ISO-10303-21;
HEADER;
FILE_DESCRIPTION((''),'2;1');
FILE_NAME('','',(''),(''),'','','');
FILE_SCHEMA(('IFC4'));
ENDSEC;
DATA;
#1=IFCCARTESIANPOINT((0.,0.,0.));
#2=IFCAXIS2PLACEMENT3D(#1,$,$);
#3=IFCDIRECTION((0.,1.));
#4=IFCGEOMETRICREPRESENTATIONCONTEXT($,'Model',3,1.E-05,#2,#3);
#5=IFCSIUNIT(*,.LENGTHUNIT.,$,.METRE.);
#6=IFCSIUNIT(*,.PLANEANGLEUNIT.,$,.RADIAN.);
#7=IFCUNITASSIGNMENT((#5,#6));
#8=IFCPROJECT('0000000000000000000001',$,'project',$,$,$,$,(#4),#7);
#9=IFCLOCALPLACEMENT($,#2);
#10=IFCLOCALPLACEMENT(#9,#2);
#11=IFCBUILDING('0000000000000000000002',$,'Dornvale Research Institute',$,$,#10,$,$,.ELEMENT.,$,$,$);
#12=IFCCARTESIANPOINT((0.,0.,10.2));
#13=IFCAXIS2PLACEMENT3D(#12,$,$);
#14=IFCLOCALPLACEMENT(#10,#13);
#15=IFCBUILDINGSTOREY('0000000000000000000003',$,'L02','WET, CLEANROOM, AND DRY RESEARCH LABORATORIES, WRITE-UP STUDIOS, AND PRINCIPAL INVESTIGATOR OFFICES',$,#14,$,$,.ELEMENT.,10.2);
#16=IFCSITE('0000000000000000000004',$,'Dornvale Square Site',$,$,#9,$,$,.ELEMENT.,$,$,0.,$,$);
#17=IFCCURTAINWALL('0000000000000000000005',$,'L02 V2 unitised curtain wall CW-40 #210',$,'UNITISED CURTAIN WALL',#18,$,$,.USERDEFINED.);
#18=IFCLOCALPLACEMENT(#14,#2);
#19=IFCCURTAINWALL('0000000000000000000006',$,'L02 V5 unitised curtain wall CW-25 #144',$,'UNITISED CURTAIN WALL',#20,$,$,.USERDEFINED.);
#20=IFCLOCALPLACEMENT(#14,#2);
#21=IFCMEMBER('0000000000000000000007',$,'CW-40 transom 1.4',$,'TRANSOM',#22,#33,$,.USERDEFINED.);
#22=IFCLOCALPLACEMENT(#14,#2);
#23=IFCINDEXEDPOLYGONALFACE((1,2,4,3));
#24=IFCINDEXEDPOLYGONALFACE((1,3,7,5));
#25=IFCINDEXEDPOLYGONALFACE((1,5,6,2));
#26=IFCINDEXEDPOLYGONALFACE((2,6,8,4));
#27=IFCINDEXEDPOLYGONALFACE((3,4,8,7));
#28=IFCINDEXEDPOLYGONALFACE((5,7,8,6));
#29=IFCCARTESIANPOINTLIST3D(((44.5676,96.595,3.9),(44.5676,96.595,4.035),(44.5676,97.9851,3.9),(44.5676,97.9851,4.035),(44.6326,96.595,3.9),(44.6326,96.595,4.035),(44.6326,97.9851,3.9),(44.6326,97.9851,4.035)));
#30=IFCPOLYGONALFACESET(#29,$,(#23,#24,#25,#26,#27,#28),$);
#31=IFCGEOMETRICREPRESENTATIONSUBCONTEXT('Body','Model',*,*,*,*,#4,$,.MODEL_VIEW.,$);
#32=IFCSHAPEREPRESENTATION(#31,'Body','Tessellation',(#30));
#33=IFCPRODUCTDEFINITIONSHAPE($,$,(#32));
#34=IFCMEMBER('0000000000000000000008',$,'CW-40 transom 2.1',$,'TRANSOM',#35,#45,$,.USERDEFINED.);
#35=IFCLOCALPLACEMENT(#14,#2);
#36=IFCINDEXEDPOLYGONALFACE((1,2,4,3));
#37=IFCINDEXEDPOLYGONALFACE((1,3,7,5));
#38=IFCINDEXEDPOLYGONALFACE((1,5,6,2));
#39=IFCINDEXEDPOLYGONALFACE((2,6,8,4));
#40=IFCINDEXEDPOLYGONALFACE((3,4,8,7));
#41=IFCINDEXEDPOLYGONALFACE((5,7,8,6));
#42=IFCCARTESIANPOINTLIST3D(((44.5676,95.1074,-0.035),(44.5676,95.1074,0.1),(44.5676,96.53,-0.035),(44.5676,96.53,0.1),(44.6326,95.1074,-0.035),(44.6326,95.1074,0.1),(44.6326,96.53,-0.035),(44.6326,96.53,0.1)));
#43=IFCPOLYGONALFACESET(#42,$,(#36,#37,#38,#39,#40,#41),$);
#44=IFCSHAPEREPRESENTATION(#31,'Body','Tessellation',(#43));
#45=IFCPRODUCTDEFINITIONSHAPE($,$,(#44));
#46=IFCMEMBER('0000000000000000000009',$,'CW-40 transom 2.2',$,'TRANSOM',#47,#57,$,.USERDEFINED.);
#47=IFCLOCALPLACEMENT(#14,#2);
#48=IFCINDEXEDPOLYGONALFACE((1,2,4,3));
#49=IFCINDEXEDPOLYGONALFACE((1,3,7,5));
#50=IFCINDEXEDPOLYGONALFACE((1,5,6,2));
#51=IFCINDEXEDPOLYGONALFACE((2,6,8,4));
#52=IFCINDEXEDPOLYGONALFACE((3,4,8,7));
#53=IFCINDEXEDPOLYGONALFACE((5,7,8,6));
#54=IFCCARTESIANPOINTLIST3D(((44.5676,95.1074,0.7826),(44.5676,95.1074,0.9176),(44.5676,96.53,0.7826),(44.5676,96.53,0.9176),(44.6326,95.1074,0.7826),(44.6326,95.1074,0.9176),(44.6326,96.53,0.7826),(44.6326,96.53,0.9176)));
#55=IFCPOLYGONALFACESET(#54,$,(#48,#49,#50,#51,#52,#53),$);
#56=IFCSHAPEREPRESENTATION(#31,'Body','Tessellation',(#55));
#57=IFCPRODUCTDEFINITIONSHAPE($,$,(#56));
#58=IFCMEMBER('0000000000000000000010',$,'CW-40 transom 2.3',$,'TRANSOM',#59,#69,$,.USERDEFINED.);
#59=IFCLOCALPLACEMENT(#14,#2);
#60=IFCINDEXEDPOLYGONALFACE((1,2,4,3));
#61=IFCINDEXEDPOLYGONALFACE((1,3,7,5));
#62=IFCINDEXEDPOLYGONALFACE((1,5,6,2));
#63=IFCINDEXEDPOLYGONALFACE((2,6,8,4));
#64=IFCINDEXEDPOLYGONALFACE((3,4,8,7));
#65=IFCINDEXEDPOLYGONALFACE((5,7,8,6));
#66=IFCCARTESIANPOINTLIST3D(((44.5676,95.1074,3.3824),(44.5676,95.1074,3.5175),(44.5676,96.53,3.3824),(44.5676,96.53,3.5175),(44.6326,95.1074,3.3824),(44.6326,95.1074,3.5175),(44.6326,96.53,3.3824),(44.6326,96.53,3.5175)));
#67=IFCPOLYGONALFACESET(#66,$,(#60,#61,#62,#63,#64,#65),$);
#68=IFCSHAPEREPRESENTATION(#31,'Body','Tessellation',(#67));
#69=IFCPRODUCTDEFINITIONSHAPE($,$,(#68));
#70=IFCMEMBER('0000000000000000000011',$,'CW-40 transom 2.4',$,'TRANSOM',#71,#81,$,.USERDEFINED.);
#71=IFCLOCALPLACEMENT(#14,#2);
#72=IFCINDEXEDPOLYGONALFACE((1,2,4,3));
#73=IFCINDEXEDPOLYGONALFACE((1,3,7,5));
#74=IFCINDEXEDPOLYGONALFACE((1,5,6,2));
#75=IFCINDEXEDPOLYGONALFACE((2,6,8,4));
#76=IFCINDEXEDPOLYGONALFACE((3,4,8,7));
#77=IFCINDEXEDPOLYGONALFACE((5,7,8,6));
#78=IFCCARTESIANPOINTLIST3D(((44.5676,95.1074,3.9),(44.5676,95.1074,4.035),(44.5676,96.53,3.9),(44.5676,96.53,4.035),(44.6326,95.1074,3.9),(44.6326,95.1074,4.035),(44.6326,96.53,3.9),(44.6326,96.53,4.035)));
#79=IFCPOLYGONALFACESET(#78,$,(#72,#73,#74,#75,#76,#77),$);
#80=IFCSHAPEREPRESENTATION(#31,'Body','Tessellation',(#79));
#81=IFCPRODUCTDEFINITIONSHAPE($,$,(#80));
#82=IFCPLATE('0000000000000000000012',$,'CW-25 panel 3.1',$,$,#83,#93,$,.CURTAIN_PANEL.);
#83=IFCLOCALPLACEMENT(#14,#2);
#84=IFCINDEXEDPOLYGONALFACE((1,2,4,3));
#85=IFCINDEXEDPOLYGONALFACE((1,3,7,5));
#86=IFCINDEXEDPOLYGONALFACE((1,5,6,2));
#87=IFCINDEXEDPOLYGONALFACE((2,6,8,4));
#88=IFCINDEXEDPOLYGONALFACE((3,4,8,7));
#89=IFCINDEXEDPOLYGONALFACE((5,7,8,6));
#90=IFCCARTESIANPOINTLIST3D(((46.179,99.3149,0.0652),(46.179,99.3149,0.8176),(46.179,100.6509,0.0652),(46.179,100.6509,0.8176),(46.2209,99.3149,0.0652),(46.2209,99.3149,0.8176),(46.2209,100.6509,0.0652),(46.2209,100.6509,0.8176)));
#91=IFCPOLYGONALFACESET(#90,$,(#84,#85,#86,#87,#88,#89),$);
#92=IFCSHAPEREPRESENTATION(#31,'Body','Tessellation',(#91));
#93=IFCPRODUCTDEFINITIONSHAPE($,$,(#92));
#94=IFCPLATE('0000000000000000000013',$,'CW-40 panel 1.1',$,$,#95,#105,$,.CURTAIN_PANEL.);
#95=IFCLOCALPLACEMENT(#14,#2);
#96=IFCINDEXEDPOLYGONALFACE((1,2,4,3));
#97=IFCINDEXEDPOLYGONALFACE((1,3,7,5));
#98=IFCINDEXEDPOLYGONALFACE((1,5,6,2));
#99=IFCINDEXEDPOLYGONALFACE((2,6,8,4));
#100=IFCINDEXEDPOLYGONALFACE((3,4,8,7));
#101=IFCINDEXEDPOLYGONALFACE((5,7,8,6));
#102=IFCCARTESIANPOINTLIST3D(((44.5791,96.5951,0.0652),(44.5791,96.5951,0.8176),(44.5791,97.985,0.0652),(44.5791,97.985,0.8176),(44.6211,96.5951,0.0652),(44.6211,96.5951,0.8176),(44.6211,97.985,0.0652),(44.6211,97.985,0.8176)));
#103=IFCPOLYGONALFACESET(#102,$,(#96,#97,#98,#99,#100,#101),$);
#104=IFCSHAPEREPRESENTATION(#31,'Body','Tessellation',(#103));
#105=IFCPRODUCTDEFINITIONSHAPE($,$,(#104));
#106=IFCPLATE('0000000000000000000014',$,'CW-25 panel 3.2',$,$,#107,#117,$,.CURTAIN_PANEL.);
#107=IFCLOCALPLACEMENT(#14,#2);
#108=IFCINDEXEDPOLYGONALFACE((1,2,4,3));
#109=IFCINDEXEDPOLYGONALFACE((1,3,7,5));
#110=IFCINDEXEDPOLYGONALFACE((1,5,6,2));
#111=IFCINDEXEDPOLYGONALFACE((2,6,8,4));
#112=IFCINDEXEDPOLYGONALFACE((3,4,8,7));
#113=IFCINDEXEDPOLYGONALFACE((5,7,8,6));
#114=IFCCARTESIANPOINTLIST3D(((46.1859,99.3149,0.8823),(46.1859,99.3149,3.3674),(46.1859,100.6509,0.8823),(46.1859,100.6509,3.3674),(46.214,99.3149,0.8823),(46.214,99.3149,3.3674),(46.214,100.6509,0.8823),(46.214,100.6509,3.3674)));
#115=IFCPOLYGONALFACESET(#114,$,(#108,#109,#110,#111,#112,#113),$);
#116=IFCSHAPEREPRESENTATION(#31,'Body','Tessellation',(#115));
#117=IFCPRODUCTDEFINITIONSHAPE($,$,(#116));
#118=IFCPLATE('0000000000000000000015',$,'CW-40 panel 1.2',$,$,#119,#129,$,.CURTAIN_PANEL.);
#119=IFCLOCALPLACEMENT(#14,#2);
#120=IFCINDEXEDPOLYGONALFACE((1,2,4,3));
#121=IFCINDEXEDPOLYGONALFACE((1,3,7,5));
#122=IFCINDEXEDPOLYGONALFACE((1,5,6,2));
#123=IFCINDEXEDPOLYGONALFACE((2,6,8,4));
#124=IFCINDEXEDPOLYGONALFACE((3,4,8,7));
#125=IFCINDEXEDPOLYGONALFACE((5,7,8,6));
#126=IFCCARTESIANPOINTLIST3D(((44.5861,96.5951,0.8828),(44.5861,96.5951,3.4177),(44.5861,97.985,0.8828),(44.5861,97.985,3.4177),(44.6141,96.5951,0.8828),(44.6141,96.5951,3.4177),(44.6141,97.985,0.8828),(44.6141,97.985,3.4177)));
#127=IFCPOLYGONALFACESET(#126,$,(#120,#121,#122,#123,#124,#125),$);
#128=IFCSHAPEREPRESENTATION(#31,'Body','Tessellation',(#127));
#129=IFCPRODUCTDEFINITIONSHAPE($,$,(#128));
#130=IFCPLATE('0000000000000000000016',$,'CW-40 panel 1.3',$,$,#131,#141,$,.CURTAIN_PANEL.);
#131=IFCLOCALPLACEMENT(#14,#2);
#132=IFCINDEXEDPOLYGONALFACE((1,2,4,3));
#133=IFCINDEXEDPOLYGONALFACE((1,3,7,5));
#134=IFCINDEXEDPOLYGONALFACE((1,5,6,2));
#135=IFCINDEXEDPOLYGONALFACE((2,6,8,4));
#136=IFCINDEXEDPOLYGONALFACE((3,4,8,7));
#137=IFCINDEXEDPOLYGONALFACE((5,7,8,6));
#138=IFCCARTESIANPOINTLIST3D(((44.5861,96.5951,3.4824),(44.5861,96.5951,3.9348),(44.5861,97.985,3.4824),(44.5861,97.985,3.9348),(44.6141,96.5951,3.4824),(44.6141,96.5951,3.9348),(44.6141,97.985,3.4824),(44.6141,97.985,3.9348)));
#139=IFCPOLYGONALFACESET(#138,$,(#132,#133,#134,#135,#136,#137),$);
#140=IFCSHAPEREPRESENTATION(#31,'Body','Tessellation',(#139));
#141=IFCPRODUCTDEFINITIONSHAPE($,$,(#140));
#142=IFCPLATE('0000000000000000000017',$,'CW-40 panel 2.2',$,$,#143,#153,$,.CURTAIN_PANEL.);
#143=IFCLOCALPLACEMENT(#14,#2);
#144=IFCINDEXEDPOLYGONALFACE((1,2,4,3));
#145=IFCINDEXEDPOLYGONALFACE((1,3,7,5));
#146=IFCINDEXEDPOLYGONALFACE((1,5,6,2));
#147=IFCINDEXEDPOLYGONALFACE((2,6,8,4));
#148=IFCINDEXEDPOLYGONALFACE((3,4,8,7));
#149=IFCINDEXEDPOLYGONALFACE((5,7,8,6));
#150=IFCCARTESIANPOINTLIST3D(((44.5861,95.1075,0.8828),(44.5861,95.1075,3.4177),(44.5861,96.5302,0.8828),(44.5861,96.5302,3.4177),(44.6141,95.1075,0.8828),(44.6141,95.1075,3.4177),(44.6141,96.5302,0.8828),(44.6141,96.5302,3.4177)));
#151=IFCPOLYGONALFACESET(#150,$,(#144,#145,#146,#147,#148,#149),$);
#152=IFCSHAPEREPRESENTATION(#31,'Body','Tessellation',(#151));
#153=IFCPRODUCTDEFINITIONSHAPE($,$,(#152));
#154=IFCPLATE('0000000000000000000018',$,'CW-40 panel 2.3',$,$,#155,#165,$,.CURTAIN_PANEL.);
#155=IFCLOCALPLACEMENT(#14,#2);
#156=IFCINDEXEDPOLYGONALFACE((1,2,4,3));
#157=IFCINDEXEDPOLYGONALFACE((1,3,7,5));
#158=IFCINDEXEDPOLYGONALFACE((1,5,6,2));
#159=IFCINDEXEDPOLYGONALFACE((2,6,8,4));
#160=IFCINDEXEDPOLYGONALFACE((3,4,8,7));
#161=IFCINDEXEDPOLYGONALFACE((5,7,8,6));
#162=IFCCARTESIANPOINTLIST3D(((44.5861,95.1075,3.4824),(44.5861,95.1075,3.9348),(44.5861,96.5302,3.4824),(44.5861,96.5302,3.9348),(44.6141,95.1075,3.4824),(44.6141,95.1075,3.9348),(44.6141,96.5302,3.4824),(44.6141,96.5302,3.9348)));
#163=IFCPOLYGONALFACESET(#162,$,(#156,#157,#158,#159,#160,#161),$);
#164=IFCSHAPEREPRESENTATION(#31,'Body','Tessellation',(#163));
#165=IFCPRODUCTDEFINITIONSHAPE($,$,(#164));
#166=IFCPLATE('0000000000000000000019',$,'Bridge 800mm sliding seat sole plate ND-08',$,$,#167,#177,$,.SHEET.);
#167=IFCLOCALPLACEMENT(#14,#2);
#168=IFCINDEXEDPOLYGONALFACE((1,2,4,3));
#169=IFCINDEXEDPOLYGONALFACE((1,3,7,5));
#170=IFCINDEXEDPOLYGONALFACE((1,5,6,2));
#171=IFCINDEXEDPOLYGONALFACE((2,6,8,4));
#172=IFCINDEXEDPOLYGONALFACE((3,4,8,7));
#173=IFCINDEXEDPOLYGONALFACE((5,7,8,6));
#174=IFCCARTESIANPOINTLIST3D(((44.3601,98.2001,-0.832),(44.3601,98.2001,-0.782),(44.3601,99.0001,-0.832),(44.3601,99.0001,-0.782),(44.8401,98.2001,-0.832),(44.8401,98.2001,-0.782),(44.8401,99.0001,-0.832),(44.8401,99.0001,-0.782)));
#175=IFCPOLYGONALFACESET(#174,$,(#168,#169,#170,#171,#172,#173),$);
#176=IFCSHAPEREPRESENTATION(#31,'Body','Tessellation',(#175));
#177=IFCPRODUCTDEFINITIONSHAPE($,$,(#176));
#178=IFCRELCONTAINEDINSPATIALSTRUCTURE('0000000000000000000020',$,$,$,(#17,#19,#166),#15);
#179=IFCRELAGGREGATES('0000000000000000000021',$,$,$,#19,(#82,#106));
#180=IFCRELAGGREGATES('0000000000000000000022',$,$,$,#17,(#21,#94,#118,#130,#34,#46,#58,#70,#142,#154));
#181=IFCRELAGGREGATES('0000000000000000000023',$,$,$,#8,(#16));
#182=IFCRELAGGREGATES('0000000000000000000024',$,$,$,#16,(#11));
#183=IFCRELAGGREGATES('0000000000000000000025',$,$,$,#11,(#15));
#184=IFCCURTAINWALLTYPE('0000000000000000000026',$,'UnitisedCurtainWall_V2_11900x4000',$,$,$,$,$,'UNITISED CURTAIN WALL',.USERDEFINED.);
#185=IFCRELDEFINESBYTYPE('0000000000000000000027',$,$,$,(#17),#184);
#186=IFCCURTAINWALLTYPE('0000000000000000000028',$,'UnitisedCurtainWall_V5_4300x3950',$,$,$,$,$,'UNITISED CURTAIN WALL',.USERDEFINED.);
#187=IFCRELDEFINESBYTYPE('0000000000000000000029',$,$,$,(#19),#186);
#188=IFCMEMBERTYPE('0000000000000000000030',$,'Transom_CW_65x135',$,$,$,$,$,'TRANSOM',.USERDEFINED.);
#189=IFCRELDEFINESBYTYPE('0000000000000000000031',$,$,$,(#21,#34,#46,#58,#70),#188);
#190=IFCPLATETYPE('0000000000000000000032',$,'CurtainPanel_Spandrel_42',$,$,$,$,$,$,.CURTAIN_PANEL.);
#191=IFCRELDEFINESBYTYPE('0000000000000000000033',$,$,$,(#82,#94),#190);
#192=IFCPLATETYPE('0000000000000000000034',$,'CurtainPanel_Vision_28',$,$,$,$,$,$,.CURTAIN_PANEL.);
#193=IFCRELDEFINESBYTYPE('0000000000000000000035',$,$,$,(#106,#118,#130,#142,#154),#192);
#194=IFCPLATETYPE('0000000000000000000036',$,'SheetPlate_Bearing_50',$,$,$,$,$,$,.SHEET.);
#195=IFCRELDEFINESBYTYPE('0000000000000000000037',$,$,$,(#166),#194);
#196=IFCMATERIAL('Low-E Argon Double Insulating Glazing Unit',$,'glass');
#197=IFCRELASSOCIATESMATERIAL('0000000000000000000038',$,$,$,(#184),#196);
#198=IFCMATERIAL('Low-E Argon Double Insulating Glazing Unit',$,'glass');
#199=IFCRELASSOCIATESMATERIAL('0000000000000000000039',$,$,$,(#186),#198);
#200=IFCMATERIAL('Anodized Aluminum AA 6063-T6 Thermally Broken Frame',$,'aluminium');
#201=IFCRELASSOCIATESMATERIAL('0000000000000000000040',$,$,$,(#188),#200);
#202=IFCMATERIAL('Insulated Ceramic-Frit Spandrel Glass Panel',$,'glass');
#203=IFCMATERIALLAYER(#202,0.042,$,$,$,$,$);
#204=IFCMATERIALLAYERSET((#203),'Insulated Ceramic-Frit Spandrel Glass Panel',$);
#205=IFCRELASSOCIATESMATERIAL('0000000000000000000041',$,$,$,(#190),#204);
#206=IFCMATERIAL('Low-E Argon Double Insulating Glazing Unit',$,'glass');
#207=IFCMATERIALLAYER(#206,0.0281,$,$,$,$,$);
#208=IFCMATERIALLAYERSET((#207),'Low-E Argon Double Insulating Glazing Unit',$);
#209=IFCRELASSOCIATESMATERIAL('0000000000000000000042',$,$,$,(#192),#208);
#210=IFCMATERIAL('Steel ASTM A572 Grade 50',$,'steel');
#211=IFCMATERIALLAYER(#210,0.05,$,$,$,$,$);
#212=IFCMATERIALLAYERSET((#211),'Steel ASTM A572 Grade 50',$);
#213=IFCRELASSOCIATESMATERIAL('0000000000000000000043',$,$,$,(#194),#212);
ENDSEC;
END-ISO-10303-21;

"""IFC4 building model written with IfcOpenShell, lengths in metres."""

from ifc_helpers import new_model, si_unit, direction, frame, origin, origin_2d, place, context, subcontext, project, spatial, rectangle, extrude, material, layer, layer_set, material_profile, profile_set, type_object, element, aggregate, save


model = new_model("IFC4")

# Units and contexts
model_context = context("Model", 3, precision=1e-05, world=origin(), true_north=direction((0.0, 1.0)))
body_context = subcontext(model_context, "Body", "Model", "MODEL_VIEW")
ifc_project = project(units=[si_unit("LENGTHUNIT", "METRE"), si_unit("PLANEANGLEUNIT", "RADIAN")], contexts=[model_context])

# Site, building, storey
site_placement = place(None, origin())
site = spatial("IfcSite", under=ifc_project, at=site_placement, Name="Dornvale Square Site", CompositionType="ELEMENT", RefElevation=0.0)
building_placement = place(site_placement, origin())
building = spatial("IfcBuilding", under=site, at=building_placement, Name="Dornvale Research Institute", CompositionType="ELEMENT")
storey_placement = place(building_placement, frame((0.0, 0.0, 10.2)))
storey = spatial("IfcBuildingStorey", under=building, at=storey_placement, Name="L02", Description="WET, CLEANROOM, AND DRY RESEARCH LABORATORIES, WRITE-UP STUDIOS, AND PRINCIPAL INVESTIGATOR OFFICES", CompositionType="ELEMENT", Elevation=10.2)

# Curtain wall
ifc_material_1 = material(Name="Low-E Argon Double Insulating Glazing Unit", Category="glass")
curtain_wall_type_1 = type_object("IfcCurtainWallType", Name="UnitisedCurtainWall_V2_11900x4000", ElementType="UNITISED CURTAIN WALL", PredefinedType="USERDEFINED", material=ifc_material_1)
curtain_wall_1_placement = place(storey_placement, origin())
curtain_wall_1 = element("IfcCurtainWall", 1, at=curtain_wall_1_placement, inside=storey, type_object=curtain_wall_type_1, Name="L02 V2 unitised curtain wall CW-40 #210", ObjectType="UNITISED CURTAIN WALL", PredefinedType="USERDEFINED")

# Curtain wall
ifc_material_2 = material(Name="Low-E Argon Double Insulating Glazing Unit", Category="glass")
curtain_wall_type_2 = type_object("IfcCurtainWallType", Name="UnitisedCurtainWall_V5_4300x3950", ElementType="UNITISED CURTAIN WALL", PredefinedType="USERDEFINED", material=ifc_material_2)
curtain_wall_2_placement = place(storey_placement, origin())
curtain_wall_2 = element("IfcCurtainWall", 2, at=curtain_wall_2_placement, inside=storey, type_object=curtain_wall_type_2, Name="L02 V5 unitised curtain wall CW-25 #144", ObjectType="UNITISED CURTAIN WALL", PredefinedType="USERDEFINED")

# Members
ifc_material_3 = material(Name="Anodized Aluminum AA 6063-T6 Thermally Broken Frame", Category="aluminium")
ifc_material_profile_1 = material_profile(ifc_material_3, rectangle(XDim=0.0649, YDim=0.135, at=origin_2d()), Name="ALU TRANSOM 65x135")
ifc_profile_set_1 = profile_set([ifc_material_profile_1], Name="Anodized Aluminum AA 6063-T6 Thermally Broken Frame")
member_type_1 = type_object("IfcMemberType", Name="Transom_CW_65x135", ElementType="TRANSOM", PredefinedType="USERDEFINED", material=ifc_profile_set_1)
member_1_placement = place(storey_placement, frame((44.6001, 97.9851, 3.9675), z_axis=(0.0, -1.0, 0.0), x_axis=(1.0, 0.0, 0.0)))
member_1 = element("IfcMember", 3, at=member_1_placement, type_object=member_type_1, Name="CW-40 transom 1.4", ObjectType="TRANSOM", PredefinedType="USERDEFINED", context=body_context, shape_type="SweptSolid", body=[
    extrude(rectangle(XDim=0.0649, YDim=0.135, at=origin_2d()), origin(), (0.0, 0.0, 1.0), 1.3901),
])
member_2_placement = place(storey_placement, frame((44.6001, 96.53, 0.0325), z_axis=(0.0, -1.0, 0.0), x_axis=(1.0, 0.0, 0.0)))
member_2 = element("IfcMember", 4, at=member_2_placement, type_object=member_type_1, Name="CW-40 transom 2.1", ObjectType="TRANSOM", PredefinedType="USERDEFINED", context=body_context, shape_type="SweptSolid", body=[
    extrude(rectangle(XDim=0.0649, YDim=0.135, at=origin_2d()), origin(), (0.0, 0.0, 1.0), 1.4226),
])
member_3_placement = place(storey_placement, frame((44.6001, 96.53, 0.8501), z_axis=(0.0, -1.0, 0.0), x_axis=(1.0, 0.0, 0.0)))
member_3 = element("IfcMember", 5, at=member_3_placement, type_object=member_type_1, Name="CW-40 transom 2.2", ObjectType="TRANSOM", PredefinedType="USERDEFINED", context=body_context, shape_type="SweptSolid", body=[
    extrude(rectangle(XDim=0.0649, YDim=0.135, at=origin_2d()), origin(), (0.0, 0.0, 1.0), 1.4226),
])
member_4_placement = place(storey_placement, frame((44.6001, 96.53, 3.45), z_axis=(0.0, -1.0, 0.0), x_axis=(1.0, 0.0, 0.0)))
member_4 = element("IfcMember", 6, at=member_4_placement, type_object=member_type_1, Name="CW-40 transom 2.3", ObjectType="TRANSOM", PredefinedType="USERDEFINED", context=body_context, shape_type="SweptSolid", body=[
    extrude(rectangle(XDim=0.0649, YDim=0.135, at=origin_2d()), origin(), (0.0, 0.0, 1.0), 1.4226),
])
member_5_placement = place(storey_placement, frame((44.6001, 96.53, 3.9675), z_axis=(0.0, -1.0, 0.0), x_axis=(1.0, 0.0, 0.0)))
member_5 = element("IfcMember", 7, at=member_5_placement, type_object=member_type_1, Name="CW-40 transom 2.4", ObjectType="TRANSOM", PredefinedType="USERDEFINED", context=body_context, shape_type="SweptSolid", body=[
    extrude(rectangle(XDim=0.0649, YDim=0.135, at=origin_2d()), origin(), (0.0, 0.0, 1.0), 1.4226),
])

# Plates
ifc_material_4 = material(Name="Insulated Ceramic-Frit Spandrel Glass Panel", Category="glass")
ifc_layer_1 = layer(ifc_material_4, 0.042)
ifc_layer_set_1 = layer_set([ifc_layer_1], Name="Insulated Ceramic-Frit Spandrel Glass Panel")
plate_type_1 = type_object("IfcPlateType", Name="CurtainPanel_Spandrel_42", PredefinedType="CURTAIN_PANEL", material=ifc_layer_set_1)
plate_1_placement = place(storey_placement, frame((46.2, 99.9829, 0.0652), z_axis=(0.0, 0.0, 1.0), x_axis=(0.0, -1.0, 0.0)))
plate_1 = element("IfcPlate", 8, at=plate_1_placement, type_object=plate_type_1, Name="CW-25 panel 3.1", PredefinedType="CURTAIN_PANEL", context=body_context, shape_type="SweptSolid", body=[
    extrude(rectangle(XDim=1.3359, YDim=0.042, at=origin_2d()), origin(), (0.0, 0.0, 1.0), 0.7524),
])
plate_2_placement = place(storey_placement, frame((44.6001, 97.29, 0.0652), z_axis=(0.0, 0.0, 1.0), x_axis=(0.0, -1.0, 0.0)))
plate_2 = element("IfcPlate", 9, at=plate_2_placement, type_object=plate_type_1, Name="CW-40 panel 1.1", PredefinedType="CURTAIN_PANEL", context=body_context, shape_type="SweptSolid", body=[
    extrude(rectangle(XDim=1.3899, YDim=0.042, at=origin_2d()), origin(), (0.0, 0.0, 1.0), 0.7524),
])
ifc_material_5 = material(Name="Low-E Argon Double Insulating Glazing Unit", Category="glass")
ifc_layer_2 = layer(ifc_material_5, 0.0281)
ifc_layer_set_2 = layer_set([ifc_layer_2], Name="Low-E Argon Double Insulating Glazing Unit")
plate_type_2 = type_object("IfcPlateType", Name="CurtainPanel_Vision_28", PredefinedType="CURTAIN_PANEL", material=ifc_layer_set_2)
plate_3_placement = place(storey_placement, frame((46.2, 99.9829, 0.8823), z_axis=(0.0, 0.0, 1.0), x_axis=(0.0, -1.0, 0.0)))
plate_3 = element("IfcPlate", 10, at=plate_3_placement, type_object=plate_type_2, Name="CW-25 panel 3.2", PredefinedType="CURTAIN_PANEL", context=body_context, shape_type="SweptSolid", body=[
    extrude(rectangle(XDim=1.3359, YDim=0.0281, at=origin_2d()), origin(), (0.0, 0.0, 1.0), 2.4851),
])
aggregate(curtain_wall_2, [plate_1, plate_3])
plate_4_placement = place(storey_placement, frame((44.6001, 97.29, 0.8828), z_axis=(0.0, 0.0, 1.0), x_axis=(0.0, -1.0, 0.0)))
plate_4 = element("IfcPlate", 11, at=plate_4_placement, type_object=plate_type_2, Name="CW-40 panel 1.2", PredefinedType="CURTAIN_PANEL", context=body_context, shape_type="SweptSolid", body=[
    extrude(rectangle(XDim=1.3899, YDim=0.0281, at=origin_2d()), origin(), (0.0, 0.0, 1.0), 2.5349),
])
plate_5_placement = place(storey_placement, frame((44.6001, 97.29, 3.4824), z_axis=(0.0, 0.0, 1.0), x_axis=(0.0, -1.0, 0.0)))
plate_5 = element("IfcPlate", 12, at=plate_5_placement, type_object=plate_type_2, Name="CW-40 panel 1.3", PredefinedType="CURTAIN_PANEL", context=body_context, shape_type="SweptSolid", body=[
    extrude(rectangle(XDim=1.3899, YDim=0.0281, at=origin_2d()), origin(), (0.0, 0.0, 1.0), 0.4524),
])
plate_6_placement = place(storey_placement, frame((44.6001, 95.8188, 0.8828), z_axis=(0.0, 0.0, 1.0), x_axis=(0.0, -1.0, 0.0)))
plate_6 = element("IfcPlate", 13, at=plate_6_placement, type_object=plate_type_2, Name="CW-40 panel 2.2", PredefinedType="CURTAIN_PANEL", context=body_context, shape_type="SweptSolid", body=[
    extrude(rectangle(XDim=1.4226, YDim=0.0281, at=origin_2d()), origin(), (0.0, 0.0, 1.0), 2.5349),
])
plate_7_placement = place(storey_placement, frame((44.6001, 95.8188, 3.4824), z_axis=(0.0, 0.0, 1.0), x_axis=(0.0, -1.0, 0.0)))
plate_7 = element("IfcPlate", 14, at=plate_7_placement, type_object=plate_type_2, Name="CW-40 panel 2.3", PredefinedType="CURTAIN_PANEL", context=body_context, shape_type="SweptSolid", body=[
    extrude(rectangle(XDim=1.4226, YDim=0.0281, at=origin_2d()), origin(), (0.0, 0.0, 1.0), 0.4524),
])
aggregate(curtain_wall_1, [member_1, plate_2, plate_4, plate_5, member_2, member_3, member_4, member_5, plate_6, plate_7])
ifc_material_6 = material(Name="Steel ASTM A572 Grade 50", Category="steel")
ifc_layer_3 = layer(ifc_material_6, 0.05)
ifc_layer_set_3 = layer_set([ifc_layer_3], Name="Steel ASTM A572 Grade 50")
plate_type_3 = type_object("IfcPlateType", Name="SheetPlate_Bearing_50", PredefinedType="SHEET", material=ifc_layer_set_3)
plate_8_placement = place(storey_placement, frame((44.6001, 98.6001, -0.832), z_axis=(0.0, 0.0, 1.0), x_axis=(1.0, 0.0, 0.0)))
element("IfcPlate", 15, at=plate_8_placement, inside=storey, type_object=plate_type_3, Name="Bridge 800mm sliding seat sole plate ND-08", PredefinedType="SHEET", context=body_context, shape_type="SweptSolid", body=[
    extrude(rectangle(XDim=0.48, YDim=0.8, at=origin_2d()), origin(), (0.0, 0.0, 1.0), 0.05),
])

save(model, "model.ifc")
